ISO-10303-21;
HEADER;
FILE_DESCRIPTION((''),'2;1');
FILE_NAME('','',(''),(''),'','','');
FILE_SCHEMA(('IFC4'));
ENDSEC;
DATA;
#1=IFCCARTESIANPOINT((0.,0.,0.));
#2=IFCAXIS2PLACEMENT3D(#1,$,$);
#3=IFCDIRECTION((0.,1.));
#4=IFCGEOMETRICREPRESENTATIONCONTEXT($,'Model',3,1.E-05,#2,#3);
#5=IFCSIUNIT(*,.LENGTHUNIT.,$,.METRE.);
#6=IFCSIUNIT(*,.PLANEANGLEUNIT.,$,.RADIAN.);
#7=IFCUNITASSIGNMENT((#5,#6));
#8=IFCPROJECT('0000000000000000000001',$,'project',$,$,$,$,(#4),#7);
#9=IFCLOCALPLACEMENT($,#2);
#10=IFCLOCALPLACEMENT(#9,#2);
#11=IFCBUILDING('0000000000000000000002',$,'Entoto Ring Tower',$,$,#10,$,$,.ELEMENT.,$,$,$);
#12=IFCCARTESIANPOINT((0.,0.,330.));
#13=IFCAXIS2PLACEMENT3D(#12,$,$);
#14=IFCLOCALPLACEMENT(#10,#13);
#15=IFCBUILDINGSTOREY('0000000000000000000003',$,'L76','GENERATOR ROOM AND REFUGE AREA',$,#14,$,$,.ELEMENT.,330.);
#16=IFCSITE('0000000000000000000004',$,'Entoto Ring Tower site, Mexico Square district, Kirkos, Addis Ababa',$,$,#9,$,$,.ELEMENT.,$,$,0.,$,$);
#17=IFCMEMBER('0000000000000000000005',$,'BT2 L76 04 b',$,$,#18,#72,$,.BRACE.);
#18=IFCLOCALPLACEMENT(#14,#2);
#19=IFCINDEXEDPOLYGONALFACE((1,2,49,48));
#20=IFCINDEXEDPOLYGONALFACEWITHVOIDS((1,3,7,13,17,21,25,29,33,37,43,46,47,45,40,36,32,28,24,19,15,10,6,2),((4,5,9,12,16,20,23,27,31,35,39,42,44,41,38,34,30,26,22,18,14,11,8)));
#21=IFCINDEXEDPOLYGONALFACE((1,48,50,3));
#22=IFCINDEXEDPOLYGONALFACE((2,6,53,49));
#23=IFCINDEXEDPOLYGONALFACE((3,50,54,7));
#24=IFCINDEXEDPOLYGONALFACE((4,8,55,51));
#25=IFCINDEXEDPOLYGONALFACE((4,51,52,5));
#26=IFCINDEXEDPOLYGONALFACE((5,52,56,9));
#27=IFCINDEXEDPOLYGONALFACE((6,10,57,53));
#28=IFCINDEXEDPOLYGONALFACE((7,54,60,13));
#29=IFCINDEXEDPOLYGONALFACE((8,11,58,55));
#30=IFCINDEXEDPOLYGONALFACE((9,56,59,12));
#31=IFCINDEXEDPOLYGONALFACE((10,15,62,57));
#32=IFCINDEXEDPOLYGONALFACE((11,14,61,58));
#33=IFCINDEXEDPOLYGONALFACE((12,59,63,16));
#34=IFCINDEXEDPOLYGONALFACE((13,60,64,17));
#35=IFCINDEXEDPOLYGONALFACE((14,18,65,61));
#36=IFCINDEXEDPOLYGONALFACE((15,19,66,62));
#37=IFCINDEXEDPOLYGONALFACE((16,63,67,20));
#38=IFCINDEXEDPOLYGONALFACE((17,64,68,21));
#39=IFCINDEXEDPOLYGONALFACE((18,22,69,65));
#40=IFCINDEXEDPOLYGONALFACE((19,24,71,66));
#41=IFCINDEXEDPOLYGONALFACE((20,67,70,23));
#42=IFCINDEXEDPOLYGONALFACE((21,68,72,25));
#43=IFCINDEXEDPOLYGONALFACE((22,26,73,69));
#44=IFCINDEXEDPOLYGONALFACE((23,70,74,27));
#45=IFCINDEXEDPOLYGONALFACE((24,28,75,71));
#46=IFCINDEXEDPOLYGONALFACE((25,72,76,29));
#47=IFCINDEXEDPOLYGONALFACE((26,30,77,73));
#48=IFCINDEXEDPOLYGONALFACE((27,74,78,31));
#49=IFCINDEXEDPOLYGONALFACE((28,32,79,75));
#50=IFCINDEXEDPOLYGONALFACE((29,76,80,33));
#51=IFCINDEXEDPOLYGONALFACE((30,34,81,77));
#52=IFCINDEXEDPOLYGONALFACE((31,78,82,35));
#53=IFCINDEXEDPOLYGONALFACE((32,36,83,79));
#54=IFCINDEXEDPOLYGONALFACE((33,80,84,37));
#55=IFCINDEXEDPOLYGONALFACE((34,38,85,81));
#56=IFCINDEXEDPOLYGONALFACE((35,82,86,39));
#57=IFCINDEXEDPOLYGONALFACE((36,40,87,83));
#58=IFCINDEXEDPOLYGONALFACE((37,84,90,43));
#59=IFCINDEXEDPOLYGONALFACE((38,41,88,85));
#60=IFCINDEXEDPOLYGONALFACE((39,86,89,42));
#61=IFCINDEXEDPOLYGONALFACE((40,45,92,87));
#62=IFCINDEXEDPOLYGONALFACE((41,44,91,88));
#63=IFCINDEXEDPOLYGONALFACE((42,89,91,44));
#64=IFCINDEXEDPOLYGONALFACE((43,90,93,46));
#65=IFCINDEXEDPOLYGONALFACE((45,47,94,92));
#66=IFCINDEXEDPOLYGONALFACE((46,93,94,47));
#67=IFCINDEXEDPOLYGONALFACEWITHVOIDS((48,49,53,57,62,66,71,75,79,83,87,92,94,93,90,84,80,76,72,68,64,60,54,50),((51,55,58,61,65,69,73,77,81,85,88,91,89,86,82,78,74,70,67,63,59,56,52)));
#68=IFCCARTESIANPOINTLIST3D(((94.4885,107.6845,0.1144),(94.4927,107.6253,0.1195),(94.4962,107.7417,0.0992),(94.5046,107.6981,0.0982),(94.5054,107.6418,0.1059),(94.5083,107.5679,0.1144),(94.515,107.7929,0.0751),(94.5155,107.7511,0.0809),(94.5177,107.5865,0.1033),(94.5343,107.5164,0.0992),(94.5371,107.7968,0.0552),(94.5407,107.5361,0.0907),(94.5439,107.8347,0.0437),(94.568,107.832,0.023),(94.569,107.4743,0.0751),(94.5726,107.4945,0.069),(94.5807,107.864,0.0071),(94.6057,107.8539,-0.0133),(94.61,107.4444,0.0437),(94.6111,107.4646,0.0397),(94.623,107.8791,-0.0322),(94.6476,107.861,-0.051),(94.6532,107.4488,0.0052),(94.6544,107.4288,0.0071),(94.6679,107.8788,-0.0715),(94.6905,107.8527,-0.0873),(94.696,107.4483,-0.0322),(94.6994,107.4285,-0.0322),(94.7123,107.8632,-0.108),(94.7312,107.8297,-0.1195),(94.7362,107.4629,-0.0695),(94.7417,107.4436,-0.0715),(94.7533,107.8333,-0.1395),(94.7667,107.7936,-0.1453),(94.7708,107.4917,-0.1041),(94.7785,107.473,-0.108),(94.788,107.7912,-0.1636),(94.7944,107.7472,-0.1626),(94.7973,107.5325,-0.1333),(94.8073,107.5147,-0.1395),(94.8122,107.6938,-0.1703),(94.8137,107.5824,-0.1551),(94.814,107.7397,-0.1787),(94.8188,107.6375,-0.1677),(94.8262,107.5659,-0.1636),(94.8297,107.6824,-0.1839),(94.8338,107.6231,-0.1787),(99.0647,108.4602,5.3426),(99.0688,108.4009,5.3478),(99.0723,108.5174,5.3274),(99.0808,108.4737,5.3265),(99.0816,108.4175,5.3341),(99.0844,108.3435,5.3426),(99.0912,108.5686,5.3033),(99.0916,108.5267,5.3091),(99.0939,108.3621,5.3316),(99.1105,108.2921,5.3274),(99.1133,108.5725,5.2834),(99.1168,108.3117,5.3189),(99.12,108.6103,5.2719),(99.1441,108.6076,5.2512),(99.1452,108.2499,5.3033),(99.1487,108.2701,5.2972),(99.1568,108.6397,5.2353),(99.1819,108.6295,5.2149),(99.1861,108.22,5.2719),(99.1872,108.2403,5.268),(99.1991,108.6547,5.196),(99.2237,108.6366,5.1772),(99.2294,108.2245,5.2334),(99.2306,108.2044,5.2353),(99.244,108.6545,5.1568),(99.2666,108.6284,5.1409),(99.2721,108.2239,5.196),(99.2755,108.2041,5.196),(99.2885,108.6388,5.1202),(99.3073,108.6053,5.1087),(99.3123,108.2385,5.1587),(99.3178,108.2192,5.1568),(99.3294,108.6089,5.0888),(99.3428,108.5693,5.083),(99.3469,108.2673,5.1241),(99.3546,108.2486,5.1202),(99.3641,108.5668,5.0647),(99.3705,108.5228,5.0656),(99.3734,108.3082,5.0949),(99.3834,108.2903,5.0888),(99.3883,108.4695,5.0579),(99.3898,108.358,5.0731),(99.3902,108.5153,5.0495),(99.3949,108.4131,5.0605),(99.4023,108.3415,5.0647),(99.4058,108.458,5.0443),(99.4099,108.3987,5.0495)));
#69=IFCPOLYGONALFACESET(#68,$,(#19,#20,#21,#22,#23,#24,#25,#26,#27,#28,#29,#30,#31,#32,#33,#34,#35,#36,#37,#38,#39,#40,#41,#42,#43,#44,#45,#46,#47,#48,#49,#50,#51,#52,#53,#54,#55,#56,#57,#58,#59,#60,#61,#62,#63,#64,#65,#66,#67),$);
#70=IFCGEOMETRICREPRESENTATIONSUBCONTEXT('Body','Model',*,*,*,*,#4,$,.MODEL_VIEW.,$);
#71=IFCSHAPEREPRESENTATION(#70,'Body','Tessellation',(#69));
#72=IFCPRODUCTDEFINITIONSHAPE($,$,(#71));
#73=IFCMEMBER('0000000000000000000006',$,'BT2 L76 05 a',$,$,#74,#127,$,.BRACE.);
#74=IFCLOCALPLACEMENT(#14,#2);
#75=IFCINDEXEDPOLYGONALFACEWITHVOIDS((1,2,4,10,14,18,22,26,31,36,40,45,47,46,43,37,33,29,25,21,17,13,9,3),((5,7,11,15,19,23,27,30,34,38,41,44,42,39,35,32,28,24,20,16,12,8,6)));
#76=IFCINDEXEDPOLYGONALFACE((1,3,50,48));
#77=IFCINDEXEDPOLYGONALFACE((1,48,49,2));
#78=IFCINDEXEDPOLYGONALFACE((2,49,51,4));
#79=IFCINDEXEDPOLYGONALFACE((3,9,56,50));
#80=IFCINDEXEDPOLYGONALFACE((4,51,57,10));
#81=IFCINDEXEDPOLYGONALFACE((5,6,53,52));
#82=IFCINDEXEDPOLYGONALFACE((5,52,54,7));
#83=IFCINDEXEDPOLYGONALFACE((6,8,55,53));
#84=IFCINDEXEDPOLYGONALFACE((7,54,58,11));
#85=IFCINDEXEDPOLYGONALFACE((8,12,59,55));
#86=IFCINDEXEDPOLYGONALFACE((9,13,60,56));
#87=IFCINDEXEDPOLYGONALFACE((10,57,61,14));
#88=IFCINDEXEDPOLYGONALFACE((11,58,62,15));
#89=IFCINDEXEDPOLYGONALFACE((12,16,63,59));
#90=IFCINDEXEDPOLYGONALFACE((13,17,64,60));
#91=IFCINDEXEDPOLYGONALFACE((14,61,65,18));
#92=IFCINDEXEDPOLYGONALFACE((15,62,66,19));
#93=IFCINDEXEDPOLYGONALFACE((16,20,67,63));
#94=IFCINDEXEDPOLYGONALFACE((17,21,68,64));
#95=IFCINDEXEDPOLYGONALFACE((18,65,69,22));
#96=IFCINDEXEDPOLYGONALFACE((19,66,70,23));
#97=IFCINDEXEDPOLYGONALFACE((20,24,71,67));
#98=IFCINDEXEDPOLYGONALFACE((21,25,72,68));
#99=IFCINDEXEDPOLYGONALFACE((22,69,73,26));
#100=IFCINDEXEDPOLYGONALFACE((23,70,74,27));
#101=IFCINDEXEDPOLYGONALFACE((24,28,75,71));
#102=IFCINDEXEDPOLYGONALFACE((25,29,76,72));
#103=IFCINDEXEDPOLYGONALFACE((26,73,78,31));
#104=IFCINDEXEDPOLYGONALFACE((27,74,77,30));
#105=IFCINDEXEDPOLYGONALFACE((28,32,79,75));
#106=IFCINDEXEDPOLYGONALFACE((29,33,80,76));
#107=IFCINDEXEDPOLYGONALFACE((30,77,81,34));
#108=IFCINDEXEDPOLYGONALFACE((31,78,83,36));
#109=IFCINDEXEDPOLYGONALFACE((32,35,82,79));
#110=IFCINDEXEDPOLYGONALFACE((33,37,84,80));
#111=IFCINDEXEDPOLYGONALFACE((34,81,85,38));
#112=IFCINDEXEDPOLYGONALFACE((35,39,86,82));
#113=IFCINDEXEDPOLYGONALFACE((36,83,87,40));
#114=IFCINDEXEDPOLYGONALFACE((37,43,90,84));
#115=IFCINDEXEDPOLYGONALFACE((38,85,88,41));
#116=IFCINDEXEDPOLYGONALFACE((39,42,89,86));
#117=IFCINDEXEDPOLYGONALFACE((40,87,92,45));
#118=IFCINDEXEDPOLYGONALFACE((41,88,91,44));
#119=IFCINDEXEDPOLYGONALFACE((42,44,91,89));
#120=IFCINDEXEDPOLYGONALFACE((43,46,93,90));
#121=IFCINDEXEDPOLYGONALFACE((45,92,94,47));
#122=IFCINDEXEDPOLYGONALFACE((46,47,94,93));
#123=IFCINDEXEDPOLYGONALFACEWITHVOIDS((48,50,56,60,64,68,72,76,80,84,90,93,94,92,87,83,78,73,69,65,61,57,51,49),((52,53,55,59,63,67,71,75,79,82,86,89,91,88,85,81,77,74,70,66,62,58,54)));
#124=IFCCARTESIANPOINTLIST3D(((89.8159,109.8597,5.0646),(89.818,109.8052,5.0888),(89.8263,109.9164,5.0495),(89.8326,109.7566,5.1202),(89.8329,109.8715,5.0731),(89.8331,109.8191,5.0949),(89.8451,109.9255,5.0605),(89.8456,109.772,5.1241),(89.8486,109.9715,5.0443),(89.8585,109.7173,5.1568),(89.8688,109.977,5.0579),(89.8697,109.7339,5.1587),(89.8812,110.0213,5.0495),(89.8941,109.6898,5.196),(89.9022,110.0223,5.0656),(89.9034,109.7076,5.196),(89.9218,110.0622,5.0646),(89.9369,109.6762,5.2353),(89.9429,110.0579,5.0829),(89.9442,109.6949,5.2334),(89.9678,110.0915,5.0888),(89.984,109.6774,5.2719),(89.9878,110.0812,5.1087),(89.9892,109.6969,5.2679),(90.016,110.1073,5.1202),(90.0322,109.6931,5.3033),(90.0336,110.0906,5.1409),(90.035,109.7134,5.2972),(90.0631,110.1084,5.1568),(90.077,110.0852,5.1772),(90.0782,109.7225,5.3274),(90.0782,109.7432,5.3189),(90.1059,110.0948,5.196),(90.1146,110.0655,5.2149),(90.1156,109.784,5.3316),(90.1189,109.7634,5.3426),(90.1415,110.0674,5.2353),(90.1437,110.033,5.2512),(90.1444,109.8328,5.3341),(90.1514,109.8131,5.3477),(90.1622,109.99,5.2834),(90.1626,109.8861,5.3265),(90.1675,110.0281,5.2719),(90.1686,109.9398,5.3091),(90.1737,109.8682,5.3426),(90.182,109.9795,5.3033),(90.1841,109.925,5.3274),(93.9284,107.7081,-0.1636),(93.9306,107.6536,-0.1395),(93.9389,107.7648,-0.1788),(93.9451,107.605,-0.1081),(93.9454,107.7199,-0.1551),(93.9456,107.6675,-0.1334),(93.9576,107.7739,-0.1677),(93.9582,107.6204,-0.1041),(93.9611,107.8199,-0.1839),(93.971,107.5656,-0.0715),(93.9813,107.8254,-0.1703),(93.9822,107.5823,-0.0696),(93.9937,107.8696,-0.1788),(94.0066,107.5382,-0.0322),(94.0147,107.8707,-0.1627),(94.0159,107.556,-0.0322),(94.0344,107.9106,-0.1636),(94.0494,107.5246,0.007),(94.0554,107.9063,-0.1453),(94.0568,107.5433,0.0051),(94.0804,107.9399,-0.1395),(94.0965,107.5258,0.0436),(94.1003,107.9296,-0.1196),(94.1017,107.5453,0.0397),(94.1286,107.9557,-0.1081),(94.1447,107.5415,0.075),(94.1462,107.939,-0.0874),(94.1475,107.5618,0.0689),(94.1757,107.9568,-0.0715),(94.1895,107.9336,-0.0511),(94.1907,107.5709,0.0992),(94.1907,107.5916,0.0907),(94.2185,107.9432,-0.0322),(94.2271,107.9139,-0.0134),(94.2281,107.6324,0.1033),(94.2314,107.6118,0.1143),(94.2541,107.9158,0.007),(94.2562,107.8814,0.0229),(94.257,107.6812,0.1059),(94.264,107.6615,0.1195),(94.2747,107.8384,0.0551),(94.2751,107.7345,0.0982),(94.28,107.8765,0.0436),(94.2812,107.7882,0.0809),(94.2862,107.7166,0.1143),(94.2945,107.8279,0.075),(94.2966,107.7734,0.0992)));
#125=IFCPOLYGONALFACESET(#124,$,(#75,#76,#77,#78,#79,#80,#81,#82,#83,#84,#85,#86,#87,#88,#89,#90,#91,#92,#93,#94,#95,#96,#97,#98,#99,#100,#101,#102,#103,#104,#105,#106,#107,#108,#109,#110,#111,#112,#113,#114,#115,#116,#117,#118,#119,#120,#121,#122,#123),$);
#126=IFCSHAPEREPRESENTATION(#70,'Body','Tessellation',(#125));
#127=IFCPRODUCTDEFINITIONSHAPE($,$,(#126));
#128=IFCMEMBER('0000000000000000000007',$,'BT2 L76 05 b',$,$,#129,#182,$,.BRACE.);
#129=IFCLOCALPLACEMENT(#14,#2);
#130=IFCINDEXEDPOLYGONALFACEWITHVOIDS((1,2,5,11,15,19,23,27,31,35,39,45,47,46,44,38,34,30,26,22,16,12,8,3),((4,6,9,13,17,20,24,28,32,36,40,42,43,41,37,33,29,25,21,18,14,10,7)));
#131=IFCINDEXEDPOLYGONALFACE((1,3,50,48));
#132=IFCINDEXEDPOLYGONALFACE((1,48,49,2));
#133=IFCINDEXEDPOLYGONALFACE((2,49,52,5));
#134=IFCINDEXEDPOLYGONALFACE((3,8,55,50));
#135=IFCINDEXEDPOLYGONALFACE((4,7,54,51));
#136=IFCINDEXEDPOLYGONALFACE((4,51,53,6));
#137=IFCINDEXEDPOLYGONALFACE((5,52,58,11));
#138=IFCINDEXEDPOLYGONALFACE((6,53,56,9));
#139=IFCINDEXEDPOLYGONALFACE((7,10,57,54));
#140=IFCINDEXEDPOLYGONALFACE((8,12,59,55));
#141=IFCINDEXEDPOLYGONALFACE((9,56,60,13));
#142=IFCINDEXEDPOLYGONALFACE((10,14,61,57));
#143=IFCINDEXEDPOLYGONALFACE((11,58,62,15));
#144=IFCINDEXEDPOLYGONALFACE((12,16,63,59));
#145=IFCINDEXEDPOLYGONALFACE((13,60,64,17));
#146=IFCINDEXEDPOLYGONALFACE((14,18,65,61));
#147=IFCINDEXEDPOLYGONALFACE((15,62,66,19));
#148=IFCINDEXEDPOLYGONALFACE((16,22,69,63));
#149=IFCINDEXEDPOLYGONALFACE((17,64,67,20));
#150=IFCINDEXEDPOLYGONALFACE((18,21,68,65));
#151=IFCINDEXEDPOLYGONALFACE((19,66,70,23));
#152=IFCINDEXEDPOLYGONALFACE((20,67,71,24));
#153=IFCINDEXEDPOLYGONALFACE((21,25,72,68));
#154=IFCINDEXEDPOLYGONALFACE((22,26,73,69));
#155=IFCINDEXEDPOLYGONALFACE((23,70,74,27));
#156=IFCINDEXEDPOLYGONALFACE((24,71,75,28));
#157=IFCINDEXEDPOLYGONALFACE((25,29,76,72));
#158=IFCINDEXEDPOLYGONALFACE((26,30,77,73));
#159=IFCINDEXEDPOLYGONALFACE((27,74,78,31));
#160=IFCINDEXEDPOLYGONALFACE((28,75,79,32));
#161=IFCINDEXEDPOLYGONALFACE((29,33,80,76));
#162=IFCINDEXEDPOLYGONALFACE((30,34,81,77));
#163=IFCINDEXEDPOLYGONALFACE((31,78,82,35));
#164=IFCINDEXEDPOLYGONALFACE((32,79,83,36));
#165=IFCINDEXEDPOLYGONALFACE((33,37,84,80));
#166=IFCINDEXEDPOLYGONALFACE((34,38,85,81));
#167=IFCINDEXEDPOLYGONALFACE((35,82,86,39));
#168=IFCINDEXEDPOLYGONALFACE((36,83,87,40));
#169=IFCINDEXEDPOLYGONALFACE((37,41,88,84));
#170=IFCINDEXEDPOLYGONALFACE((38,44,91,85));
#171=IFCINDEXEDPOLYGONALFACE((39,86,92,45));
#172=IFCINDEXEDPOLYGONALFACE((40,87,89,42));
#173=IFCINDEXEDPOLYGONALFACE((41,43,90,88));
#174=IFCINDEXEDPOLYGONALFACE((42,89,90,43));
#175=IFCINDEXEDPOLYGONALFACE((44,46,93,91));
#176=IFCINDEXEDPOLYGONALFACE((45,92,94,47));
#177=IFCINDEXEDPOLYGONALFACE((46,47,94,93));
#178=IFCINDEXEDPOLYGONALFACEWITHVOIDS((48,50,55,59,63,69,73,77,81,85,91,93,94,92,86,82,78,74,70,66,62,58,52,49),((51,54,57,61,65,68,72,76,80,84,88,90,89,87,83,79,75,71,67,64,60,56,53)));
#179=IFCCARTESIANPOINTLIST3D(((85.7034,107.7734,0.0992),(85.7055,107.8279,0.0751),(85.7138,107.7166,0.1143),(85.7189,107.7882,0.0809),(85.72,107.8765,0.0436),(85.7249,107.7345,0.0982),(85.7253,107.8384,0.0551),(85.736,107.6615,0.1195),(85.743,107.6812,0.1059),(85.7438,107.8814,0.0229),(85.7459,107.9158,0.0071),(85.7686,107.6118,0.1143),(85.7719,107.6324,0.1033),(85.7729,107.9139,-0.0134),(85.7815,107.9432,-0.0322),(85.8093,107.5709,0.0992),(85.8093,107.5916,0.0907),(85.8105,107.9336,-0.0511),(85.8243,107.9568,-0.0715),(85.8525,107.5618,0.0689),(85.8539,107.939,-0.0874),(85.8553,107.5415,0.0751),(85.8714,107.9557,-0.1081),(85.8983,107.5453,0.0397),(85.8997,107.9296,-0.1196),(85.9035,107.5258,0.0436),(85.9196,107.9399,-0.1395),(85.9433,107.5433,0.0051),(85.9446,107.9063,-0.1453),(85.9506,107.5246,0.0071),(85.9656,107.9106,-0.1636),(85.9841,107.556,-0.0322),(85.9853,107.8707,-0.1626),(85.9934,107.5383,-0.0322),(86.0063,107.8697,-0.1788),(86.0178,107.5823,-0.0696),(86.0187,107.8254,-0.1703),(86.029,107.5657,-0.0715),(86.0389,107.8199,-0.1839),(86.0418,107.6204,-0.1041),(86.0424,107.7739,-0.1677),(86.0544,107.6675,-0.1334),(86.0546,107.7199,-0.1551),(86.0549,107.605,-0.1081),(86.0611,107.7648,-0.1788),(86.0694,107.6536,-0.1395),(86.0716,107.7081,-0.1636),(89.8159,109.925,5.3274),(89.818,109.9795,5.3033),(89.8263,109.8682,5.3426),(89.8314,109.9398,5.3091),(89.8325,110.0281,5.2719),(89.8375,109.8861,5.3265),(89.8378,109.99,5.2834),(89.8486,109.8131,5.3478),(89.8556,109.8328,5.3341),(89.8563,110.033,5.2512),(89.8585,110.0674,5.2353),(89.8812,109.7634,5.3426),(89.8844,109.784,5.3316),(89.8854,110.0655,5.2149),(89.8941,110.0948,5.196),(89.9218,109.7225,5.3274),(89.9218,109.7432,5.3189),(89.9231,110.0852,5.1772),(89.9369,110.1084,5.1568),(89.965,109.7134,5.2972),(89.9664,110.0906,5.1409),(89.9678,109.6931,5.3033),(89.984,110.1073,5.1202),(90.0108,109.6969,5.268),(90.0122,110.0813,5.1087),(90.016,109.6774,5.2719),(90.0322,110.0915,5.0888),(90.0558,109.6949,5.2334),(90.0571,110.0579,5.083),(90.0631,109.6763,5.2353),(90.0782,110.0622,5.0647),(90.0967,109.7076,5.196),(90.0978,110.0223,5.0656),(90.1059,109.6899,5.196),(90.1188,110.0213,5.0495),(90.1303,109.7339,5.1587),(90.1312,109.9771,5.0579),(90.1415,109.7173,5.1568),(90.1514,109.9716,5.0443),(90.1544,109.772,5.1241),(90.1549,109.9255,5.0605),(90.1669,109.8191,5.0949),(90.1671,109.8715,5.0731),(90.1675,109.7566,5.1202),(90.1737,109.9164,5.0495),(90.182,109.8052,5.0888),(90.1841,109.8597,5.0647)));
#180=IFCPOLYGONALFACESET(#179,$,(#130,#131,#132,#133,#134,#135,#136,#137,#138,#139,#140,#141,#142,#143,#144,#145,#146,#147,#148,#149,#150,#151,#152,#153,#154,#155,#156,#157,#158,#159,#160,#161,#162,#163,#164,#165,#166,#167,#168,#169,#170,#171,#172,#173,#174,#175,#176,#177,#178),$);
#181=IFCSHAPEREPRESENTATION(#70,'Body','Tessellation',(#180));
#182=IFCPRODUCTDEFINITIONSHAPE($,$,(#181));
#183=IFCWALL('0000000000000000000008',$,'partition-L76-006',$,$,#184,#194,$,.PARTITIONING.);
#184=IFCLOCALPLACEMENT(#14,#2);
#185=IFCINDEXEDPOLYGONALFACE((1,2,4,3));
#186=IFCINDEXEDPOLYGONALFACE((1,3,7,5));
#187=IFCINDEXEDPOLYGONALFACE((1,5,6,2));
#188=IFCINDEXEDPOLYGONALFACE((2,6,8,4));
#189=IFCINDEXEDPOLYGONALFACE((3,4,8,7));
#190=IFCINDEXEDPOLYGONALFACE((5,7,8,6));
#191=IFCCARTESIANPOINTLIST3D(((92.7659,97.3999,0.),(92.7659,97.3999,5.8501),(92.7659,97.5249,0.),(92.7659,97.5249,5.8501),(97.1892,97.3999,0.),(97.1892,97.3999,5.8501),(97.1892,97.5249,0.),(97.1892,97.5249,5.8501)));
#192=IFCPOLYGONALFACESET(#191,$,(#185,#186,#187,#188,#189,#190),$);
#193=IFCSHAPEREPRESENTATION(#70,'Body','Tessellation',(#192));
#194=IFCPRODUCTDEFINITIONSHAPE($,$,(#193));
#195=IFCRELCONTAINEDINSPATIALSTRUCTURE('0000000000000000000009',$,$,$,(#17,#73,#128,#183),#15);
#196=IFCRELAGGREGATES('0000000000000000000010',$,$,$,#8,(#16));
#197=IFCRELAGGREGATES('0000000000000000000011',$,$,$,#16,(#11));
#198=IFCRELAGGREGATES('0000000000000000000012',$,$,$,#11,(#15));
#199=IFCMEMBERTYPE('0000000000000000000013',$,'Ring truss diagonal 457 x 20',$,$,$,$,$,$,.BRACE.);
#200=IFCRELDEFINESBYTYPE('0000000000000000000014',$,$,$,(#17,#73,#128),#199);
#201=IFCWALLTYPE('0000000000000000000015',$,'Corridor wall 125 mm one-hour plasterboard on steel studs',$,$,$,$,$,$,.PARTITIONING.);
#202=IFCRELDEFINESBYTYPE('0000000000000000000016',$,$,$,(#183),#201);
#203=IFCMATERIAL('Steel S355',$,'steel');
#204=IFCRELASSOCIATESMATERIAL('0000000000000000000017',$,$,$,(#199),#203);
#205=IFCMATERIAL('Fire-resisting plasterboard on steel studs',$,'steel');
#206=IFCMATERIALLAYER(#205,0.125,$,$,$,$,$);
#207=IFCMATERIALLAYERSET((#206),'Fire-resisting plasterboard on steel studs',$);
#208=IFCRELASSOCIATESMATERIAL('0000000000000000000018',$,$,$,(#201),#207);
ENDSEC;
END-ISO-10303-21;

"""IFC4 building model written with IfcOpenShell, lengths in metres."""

from ifc_helpers import new_model, si_unit, direction, frame, frame_2d, origin, origin_2d, place, context, subcontext, project, spatial, rectangle, circle, hollow_circle, extrude, material, layer, layer_set, material_profile, profile_set, type_object, element, save


model = new_model("IFC4")

# Units and contexts
model_context = context("Model", 3, precision=1e-05, world=origin(), true_north=direction((0.0, 1.0)))
body_context = subcontext(model_context, "Body", "Model", "MODEL_VIEW")
ifc_project = project(units=[si_unit("LENGTHUNIT", "METRE"), si_unit("PLANEANGLEUNIT", "RADIAN")], contexts=[model_context])

# Site, building, storey
site_placement = place(None, origin())
site = spatial("IfcSite", under=ifc_project, at=site_placement, Name="Entoto Ring Tower site, Mexico Square district, Kirkos, Addis Ababa", CompositionType="ELEMENT", RefElevation=0.0)
building_placement = place(site_placement, origin())
building = spatial("IfcBuilding", under=site, at=building_placement, Name="Entoto Ring Tower", CompositionType="ELEMENT")
storey_placement = place(building_placement, frame((0.0, 0.0, 330.0)))
storey = spatial("IfcBuildingStorey", under=building, at=storey_placement, Name="L76", Description="GENERATOR ROOM AND REFUGE AREA", CompositionType="ELEMENT", Elevation=330.0)

# Members
ifc_material_1 = material(Name="Steel S355", Category="steel")
ifc_material_profile_1 = material_profile(ifc_material_1, hollow_circle(Radius=0.2285, WallThickness=0.02, at=origin_2d()), Name="CHS 457 x 20")
ifc_material_2 = material(Name="Concrete C60/75", Category="concrete")
ifc_material_profile_2 = material_profile(ifc_material_2, circle(Radius=0.2085, at=origin_2d()), Name="Concrete C60/75 infill")
ifc_profile_set_1 = profile_set([ifc_material_profile_1, ifc_material_profile_2], Name="Steel S355")
member_type_1 = type_object("IfcMemberType", Name="Ring truss diagonal 457 x 20", PredefinedType="BRACE", material=ifc_profile_set_1)
for number, where, z_axis, x_axis, name in (
    (1, (99.2373, 108.4294, 5.196), (-0.654556, -0.110943, -0.747829), (0.167111, -0.985938, 0.0), "BT2 L76 04 b"),
    (2, (94.1125, 107.7407, -0.0322), (-0.588244, 0.307759, 0.747833), (-0.463571, -0.88606, 0.0), "BT2 L76 05 a"),
    (3, (90.0, 109.8923, 5.196), (-0.588244, -0.307759, -0.747833), (0.463571, -0.88606, 0.0), "BT2 L76 05 b"),
):
    element("IfcMember", number, at=place(storey_placement, frame(where, z_axis=z_axis, x_axis=x_axis)), inside=storey, type_object=member_type_1, Name=name, PredefinedType="BRACE", context=body_context, shape_type="SweptSolid", body=[
        extrude(hollow_circle(Radius=0.2285, WallThickness=0.02, at=origin_2d()), origin(), (0.0, 0.0, 1.0), 6.9912),
    ])

# Wall
ifc_material_3 = material(Name="Fire-resisting plasterboard on steel studs", Category="steel")
ifc_layer_1 = layer(ifc_material_3, 0.125)
ifc_layer_set_1 = layer_set([ifc_layer_1], Name="Fire-resisting plasterboard on steel studs")
wall_type_1 = type_object("IfcWallType", Name="Corridor wall 125 mm one-hour plasterboard on steel studs", PredefinedType="PARTITIONING", material=ifc_layer_set_1)
wall_1_placement = place(storey_placement, frame((92.7659, 97.4624, 0.0), z_axis=(0.0, 0.0, 1.0), x_axis=(1.0, 0.0, 0.0)))
element("IfcWall", 4, at=wall_1_placement, inside=storey, type_object=wall_type_1, Name="partition-L76-006", PredefinedType="PARTITIONING", context=body_context, shape_type="SweptSolid", body=[
    extrude(rectangle(XDim=4.4233, YDim=0.125, at=frame_2d((2.2117, 0.0))), origin(), (0.0, 0.0, 1.0), 5.8501),
])

save(model, "model.ifc")
